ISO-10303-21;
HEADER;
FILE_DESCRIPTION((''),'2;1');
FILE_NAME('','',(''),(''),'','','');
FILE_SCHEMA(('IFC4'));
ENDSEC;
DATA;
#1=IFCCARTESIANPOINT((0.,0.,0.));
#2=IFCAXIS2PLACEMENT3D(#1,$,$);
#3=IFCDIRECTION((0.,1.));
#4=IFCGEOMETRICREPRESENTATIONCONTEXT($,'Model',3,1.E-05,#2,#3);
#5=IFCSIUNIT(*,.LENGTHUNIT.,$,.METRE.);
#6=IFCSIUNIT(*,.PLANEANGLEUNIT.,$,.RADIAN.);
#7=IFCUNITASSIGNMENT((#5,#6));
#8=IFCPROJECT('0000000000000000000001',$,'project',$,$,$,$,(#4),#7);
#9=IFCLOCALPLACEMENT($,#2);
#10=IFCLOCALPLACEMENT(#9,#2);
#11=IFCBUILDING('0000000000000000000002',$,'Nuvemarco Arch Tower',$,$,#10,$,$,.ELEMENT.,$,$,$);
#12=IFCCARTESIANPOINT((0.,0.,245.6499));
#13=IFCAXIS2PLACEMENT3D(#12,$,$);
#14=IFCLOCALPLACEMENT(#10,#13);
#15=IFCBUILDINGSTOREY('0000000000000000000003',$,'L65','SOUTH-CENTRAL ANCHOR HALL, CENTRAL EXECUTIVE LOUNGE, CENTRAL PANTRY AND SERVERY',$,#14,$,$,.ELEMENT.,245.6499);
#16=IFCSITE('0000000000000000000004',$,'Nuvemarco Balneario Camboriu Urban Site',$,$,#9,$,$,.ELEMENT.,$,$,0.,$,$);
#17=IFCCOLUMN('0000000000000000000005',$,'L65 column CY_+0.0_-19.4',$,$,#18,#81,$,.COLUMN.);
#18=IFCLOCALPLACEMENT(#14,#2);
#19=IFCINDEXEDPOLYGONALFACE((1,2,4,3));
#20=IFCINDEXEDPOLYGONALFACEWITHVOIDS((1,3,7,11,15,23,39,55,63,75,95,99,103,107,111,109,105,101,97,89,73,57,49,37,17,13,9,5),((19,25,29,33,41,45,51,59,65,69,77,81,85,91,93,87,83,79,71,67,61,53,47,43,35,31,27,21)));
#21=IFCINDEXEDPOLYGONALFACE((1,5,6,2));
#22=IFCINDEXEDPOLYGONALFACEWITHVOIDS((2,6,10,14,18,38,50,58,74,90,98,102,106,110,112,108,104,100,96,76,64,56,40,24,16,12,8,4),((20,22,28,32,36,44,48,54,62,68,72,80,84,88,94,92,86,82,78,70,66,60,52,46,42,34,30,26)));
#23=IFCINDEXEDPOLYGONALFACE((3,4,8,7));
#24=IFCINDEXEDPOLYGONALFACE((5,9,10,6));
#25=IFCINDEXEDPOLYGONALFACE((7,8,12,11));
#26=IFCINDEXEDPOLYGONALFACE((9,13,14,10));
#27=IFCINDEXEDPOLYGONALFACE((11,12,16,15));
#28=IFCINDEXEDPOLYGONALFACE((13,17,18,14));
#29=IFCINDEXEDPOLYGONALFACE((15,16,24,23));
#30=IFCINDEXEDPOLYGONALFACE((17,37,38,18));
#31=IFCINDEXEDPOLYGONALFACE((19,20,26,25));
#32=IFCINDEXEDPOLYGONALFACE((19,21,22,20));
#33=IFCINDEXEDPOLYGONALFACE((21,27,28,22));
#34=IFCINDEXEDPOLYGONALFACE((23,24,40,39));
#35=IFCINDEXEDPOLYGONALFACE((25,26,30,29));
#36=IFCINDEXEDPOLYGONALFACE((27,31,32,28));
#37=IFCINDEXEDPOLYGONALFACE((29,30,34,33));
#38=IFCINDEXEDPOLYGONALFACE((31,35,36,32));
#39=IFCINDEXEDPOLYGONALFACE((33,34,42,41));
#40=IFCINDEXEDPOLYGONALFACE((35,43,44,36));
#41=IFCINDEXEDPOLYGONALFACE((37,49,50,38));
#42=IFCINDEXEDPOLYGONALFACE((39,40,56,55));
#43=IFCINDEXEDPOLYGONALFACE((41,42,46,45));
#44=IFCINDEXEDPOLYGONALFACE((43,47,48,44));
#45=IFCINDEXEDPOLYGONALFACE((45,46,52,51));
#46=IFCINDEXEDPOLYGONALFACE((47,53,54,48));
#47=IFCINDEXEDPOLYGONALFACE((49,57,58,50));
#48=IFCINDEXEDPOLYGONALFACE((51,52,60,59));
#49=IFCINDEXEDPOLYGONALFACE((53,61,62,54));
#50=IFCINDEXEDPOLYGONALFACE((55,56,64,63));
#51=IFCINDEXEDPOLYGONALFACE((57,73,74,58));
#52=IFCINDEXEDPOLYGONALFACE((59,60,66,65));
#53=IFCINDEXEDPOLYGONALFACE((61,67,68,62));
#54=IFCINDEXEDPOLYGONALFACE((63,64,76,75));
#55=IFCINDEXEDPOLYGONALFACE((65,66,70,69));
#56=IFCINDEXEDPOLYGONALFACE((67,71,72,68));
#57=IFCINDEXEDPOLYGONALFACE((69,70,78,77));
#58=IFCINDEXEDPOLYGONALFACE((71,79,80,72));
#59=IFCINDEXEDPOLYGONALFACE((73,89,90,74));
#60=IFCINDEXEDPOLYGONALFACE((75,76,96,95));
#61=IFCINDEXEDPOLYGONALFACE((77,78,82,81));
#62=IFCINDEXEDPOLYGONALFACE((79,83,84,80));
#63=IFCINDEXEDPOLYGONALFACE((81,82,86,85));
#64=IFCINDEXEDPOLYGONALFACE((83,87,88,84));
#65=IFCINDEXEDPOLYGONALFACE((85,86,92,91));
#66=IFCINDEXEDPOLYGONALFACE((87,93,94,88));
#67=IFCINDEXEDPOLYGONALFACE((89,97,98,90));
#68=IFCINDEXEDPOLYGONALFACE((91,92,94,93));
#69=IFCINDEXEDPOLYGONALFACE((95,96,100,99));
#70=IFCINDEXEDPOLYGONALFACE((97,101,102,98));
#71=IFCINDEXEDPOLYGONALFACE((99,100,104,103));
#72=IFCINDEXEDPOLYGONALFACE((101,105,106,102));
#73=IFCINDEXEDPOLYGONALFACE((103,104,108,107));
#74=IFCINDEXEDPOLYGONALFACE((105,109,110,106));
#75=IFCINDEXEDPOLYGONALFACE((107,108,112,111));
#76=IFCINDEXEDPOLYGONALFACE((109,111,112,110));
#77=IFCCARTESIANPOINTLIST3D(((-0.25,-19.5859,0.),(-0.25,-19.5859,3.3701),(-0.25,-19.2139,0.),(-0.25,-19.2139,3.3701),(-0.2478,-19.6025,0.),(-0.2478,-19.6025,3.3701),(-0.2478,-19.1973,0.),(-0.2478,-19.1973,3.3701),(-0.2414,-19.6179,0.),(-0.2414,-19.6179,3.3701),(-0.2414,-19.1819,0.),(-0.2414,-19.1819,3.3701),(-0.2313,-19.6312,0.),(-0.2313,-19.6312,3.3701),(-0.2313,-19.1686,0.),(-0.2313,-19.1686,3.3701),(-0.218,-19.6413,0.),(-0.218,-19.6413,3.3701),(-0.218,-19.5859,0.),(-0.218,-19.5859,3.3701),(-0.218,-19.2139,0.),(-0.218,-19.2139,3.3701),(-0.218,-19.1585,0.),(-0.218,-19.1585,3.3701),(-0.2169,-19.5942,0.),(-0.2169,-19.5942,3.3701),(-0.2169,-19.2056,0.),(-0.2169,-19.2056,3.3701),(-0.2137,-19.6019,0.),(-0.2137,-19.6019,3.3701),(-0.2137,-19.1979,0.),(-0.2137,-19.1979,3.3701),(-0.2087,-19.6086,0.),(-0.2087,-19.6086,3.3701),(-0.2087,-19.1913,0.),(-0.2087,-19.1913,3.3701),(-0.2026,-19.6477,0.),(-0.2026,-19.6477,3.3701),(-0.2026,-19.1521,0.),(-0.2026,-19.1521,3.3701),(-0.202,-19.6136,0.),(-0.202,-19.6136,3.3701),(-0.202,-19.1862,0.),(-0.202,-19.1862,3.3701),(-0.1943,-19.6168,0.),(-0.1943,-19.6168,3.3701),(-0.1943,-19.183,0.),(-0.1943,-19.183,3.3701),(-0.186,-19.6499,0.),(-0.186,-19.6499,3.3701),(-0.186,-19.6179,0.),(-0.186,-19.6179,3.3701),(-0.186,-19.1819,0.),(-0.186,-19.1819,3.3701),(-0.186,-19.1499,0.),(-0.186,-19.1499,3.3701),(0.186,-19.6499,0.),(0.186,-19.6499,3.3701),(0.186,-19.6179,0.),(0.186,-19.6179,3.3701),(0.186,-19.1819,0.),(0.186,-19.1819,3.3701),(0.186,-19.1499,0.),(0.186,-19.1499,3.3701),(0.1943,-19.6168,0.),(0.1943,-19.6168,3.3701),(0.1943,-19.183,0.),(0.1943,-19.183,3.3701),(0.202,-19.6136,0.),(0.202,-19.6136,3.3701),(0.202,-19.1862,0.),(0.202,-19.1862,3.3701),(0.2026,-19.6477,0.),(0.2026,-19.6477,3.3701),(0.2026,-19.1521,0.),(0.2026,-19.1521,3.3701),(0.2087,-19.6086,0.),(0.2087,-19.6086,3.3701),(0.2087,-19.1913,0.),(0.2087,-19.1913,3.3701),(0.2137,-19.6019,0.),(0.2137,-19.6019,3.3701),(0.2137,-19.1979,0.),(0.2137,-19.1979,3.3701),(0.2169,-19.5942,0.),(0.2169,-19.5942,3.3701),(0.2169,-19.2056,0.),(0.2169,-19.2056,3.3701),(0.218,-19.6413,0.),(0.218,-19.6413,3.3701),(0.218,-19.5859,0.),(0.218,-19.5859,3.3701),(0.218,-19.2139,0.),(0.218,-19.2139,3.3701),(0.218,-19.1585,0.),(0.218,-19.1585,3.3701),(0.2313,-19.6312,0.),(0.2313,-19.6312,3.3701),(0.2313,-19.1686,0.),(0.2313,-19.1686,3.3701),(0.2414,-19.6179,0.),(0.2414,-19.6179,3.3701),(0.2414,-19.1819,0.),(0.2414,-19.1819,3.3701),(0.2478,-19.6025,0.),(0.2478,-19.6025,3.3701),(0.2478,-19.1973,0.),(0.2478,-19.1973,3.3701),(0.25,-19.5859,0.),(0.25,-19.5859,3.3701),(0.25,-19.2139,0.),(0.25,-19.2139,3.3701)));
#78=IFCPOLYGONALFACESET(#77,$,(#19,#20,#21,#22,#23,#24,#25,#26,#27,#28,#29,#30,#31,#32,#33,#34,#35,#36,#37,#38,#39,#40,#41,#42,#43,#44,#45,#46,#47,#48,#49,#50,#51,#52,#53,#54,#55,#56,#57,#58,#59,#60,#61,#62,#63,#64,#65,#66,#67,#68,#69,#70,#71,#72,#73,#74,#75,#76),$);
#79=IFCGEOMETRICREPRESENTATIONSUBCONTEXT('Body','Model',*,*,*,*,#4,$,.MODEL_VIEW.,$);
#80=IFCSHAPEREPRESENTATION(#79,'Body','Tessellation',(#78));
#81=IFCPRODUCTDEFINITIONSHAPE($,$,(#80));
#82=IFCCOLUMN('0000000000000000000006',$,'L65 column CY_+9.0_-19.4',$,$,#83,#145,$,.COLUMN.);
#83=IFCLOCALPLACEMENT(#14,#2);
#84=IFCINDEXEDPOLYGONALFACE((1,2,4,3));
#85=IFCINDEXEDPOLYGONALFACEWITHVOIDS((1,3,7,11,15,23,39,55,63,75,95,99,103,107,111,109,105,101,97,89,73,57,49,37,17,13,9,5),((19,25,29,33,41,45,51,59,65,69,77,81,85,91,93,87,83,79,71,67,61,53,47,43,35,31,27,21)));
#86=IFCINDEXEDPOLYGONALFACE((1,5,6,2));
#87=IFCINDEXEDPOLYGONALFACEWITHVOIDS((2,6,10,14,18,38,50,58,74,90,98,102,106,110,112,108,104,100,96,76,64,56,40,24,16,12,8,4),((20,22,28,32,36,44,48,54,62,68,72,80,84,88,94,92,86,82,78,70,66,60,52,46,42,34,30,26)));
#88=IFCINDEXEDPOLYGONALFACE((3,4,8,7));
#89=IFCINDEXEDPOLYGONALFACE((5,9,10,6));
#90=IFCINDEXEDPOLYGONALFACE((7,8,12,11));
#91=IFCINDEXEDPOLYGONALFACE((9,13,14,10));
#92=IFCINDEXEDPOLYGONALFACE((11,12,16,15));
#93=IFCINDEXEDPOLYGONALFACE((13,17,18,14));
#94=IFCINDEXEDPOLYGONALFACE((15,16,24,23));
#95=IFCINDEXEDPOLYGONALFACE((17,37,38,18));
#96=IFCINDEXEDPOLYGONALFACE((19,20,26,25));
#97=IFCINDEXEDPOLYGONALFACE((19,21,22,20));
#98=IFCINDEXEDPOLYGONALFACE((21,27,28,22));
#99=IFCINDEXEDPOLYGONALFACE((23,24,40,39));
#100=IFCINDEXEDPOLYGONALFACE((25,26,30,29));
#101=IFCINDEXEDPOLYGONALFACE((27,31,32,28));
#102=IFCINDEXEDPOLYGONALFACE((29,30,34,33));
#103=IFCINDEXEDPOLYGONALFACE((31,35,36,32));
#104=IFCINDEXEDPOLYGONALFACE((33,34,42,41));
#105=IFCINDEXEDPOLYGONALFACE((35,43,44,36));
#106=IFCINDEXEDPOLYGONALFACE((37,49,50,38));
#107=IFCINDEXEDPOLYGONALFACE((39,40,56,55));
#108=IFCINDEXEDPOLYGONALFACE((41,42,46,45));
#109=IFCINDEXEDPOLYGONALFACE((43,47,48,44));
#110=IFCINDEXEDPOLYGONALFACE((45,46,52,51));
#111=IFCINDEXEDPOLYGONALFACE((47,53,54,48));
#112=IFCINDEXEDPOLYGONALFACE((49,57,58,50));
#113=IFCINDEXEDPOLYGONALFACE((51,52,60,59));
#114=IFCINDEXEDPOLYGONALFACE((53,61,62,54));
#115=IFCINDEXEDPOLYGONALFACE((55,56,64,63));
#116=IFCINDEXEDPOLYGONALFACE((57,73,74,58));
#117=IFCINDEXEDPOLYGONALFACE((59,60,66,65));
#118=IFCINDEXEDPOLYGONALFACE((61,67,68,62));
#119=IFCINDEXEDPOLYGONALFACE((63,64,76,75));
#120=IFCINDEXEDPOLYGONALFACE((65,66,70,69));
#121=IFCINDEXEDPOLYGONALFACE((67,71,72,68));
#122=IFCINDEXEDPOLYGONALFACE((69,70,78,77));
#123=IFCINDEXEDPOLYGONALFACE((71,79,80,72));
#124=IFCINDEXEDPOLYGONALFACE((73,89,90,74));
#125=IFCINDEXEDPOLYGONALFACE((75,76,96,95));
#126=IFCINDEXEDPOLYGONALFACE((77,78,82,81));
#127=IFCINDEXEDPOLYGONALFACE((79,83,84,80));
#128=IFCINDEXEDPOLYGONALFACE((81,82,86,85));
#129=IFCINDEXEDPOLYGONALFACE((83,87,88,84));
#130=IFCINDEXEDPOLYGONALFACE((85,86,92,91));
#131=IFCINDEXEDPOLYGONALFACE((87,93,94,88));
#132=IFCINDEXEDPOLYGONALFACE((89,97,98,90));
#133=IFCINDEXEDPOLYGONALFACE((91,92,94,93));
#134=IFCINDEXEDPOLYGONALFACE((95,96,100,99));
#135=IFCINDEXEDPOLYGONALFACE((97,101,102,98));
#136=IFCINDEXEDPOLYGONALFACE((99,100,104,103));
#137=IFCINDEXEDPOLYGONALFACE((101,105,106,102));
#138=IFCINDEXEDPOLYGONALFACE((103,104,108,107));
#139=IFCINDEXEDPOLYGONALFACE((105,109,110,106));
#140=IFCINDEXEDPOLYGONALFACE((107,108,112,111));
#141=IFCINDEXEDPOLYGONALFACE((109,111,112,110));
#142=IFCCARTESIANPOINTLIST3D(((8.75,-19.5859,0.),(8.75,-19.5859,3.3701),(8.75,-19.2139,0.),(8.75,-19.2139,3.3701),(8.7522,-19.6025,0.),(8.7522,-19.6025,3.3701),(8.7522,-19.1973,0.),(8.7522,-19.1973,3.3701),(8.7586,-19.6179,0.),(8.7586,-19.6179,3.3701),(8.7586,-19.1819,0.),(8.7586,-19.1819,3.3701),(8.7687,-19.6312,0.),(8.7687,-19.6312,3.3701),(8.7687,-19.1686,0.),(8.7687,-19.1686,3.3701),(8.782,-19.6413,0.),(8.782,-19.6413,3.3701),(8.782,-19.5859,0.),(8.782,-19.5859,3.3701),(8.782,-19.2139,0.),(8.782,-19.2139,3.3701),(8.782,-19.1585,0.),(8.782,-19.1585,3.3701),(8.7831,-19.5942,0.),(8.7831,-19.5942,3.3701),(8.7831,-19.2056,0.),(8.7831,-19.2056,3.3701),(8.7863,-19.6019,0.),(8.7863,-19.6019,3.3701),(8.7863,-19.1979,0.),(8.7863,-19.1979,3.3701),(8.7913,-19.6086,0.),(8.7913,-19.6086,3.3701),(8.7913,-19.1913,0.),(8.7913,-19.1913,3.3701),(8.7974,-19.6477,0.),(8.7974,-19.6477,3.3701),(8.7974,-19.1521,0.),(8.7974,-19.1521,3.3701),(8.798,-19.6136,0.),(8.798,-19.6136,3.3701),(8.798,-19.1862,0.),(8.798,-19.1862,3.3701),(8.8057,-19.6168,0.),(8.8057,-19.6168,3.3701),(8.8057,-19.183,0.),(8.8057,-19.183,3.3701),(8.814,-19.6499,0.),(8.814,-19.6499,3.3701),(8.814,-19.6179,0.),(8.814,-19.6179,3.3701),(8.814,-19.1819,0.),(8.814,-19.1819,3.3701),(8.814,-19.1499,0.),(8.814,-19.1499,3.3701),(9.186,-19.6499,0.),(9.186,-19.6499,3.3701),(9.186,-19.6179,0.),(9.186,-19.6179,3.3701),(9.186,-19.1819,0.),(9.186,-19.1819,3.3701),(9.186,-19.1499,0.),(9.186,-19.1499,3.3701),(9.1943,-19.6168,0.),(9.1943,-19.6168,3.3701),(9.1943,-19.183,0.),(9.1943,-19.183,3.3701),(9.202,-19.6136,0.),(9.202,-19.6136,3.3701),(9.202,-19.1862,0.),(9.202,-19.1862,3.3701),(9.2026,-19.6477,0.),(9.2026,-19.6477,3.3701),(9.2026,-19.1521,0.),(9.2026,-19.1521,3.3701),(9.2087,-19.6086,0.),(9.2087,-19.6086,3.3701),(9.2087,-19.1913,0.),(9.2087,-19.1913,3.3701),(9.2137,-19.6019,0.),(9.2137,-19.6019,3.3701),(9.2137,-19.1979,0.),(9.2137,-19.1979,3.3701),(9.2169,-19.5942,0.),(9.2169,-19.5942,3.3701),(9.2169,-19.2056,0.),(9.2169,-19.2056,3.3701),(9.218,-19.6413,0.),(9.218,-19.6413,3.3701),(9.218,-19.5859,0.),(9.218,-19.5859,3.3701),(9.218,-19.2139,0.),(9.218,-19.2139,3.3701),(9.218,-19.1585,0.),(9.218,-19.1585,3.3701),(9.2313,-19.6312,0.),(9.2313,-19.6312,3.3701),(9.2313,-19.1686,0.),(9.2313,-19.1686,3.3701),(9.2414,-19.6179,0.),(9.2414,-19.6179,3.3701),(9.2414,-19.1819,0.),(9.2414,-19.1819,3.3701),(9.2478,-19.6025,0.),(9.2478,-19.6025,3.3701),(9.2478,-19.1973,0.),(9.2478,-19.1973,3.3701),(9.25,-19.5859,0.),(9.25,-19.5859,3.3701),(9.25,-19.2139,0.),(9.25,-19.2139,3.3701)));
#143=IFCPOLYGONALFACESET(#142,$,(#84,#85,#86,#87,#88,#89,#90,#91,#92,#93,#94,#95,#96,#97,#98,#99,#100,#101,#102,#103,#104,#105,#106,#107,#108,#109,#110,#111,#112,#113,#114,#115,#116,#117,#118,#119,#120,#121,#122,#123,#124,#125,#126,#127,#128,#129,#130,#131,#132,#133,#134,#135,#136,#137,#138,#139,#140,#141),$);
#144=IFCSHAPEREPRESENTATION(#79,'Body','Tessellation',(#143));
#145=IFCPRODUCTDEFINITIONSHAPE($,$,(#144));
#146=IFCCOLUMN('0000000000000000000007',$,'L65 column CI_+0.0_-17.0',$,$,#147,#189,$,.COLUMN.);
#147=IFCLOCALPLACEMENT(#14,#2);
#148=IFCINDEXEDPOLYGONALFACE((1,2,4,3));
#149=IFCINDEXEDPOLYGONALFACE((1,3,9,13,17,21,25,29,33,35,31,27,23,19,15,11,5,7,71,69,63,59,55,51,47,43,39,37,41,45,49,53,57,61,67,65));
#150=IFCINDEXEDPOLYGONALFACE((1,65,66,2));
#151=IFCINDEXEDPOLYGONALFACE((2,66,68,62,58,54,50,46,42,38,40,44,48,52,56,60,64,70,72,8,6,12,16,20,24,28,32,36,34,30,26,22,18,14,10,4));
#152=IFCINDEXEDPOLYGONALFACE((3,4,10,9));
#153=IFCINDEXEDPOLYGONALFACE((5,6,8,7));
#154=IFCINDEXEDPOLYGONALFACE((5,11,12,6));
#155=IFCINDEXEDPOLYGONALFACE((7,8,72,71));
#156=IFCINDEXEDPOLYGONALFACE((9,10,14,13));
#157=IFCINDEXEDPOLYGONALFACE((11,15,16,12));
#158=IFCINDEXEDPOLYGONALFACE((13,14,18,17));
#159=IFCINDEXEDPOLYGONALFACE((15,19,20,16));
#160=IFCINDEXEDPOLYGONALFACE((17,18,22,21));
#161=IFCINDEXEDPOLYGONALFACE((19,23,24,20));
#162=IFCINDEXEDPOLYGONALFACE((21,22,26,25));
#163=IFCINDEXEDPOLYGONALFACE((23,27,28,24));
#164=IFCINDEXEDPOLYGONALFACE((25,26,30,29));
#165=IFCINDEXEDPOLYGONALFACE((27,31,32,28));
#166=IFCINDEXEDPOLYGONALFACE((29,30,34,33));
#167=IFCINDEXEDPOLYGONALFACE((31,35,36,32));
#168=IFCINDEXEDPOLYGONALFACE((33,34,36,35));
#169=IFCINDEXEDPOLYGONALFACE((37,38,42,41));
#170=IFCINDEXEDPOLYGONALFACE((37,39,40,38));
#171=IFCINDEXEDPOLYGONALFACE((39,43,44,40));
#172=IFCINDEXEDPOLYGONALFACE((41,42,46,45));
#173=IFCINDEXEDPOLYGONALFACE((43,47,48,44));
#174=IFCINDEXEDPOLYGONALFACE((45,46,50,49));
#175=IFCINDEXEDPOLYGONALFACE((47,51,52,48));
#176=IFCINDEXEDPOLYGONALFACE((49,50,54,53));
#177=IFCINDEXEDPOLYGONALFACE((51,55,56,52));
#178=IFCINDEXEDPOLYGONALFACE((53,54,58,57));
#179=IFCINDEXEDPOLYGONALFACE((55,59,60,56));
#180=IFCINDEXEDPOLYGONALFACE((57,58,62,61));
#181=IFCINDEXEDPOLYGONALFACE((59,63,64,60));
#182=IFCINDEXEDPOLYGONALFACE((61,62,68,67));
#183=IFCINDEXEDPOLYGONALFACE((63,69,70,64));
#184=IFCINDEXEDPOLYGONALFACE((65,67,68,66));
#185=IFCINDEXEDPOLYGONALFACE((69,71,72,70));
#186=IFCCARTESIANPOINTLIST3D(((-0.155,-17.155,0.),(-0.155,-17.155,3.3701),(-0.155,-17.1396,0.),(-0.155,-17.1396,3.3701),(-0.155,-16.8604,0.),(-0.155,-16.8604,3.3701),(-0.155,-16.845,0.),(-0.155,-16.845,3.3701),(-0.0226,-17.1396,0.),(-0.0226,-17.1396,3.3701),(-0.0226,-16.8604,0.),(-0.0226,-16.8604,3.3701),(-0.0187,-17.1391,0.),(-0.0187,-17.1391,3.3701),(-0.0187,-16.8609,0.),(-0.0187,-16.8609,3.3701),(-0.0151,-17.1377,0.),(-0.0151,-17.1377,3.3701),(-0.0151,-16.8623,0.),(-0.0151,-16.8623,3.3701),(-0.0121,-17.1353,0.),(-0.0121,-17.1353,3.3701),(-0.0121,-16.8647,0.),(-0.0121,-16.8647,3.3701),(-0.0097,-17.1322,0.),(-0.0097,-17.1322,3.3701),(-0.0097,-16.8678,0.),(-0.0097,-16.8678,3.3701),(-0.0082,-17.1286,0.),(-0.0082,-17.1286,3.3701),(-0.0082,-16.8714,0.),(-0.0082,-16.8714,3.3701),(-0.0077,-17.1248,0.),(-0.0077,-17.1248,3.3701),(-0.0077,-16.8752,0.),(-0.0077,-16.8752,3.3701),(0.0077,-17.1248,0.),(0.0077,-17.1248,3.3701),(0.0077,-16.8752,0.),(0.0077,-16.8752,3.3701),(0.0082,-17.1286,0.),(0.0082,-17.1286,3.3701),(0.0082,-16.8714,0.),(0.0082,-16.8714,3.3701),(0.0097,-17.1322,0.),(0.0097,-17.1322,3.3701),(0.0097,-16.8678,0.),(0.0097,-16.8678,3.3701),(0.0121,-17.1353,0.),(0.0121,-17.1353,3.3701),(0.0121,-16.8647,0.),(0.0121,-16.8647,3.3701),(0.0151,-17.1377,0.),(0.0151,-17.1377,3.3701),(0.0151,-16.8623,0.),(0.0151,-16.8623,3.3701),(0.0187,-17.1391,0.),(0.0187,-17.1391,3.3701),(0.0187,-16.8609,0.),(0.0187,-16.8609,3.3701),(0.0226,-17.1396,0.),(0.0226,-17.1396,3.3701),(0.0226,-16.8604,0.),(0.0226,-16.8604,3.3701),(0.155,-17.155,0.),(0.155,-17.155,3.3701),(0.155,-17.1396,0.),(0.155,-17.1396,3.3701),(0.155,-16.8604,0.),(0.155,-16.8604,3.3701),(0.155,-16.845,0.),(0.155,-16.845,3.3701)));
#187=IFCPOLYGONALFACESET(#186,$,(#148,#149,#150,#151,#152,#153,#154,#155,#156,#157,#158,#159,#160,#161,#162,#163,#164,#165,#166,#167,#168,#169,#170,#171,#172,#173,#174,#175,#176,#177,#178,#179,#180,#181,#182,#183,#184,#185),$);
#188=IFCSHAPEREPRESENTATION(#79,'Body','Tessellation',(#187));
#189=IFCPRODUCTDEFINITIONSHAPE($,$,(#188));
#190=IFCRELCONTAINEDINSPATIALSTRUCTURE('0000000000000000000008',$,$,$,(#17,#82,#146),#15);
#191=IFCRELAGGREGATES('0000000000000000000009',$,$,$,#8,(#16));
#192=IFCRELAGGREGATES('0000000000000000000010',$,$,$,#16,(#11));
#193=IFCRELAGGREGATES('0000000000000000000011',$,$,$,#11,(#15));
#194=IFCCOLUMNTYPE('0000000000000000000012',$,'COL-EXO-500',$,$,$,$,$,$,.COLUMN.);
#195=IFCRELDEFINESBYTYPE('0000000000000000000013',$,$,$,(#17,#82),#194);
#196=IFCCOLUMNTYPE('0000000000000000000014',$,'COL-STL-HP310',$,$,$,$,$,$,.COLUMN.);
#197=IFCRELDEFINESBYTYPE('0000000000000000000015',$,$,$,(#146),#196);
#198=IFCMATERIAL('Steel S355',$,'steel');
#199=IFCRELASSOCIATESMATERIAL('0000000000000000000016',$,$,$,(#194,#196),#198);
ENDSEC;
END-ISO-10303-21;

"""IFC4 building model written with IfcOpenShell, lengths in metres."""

from ifc_helpers import new_model, si_unit, direction, frame, origin, origin_2d, place, context, subcontext, project, spatial, hollow_rectangle, i_section, extrude, material, material_profile, profile_set, type_object, element, save


model = new_model("IFC4")

# Units and contexts
model_context = context("Model", 3, precision=1e-05, world=origin(), true_north=direction((0.0, 1.0)))
body_context = subcontext(model_context, "Body", "Model", "MODEL_VIEW")
ifc_project = project(units=[si_unit("LENGTHUNIT", "METRE"), si_unit("PLANEANGLEUNIT", "RADIAN")], contexts=[model_context])

# Site, building, storey
site_placement = place(None, origin())
site = spatial("IfcSite", under=ifc_project, at=site_placement, Name="Nuvemarco Balneario Camboriu Urban Site", CompositionType="ELEMENT", RefElevation=0.0)
building_placement = place(site_placement, origin())
building = spatial("IfcBuilding", under=site, at=building_placement, Name="Nuvemarco Arch Tower", CompositionType="ELEMENT")
storey_placement = place(building_placement, frame((0.0, 0.0, 245.6499)))
storey = spatial("IfcBuildingStorey", under=building, at=storey_placement, Name="L65", Description="SOUTH-CENTRAL ANCHOR HALL, CENTRAL EXECUTIVE LOUNGE, CENTRAL PANTRY AND SERVERY", CompositionType="ELEMENT", Elevation=245.6499)

# Columns
ifc_material_1 = material(Name="Steel S355", Category="steel")
ifc_material_profile_1 = material_profile(ifc_material_1, hollow_rectangle(XDim=0.5, YDim=0.5, WallThickness=0.032, InnerFilletRadius=0.032, OuterFilletRadius=0.064, at=origin_2d()), Name="SHS500x500x32")
ifc_profile_set_1 = profile_set([ifc_material_profile_1], Name="Steel S355")
column_type_1 = type_object("IfcColumnType", Name="COL-EXO-500", PredefinedType="COLUMN", material=ifc_profile_set_1)
for number, where, z_axis, x_axis, name in (
    (1, (0.0, -19.3999, 0.0), (0.0, 0.0, 1.0), (1.0, 0.0, 0.0), "L65 column CY_+0.0_-19.4"),
    (2, (9.0, -19.3999, 0.0), (0.0, 0.0, 1.0), (1.0, 0.0, 0.0), "L65 column CY_+9.0_-19.4"),
):
    element("IfcColumn", number, at=place(storey_placement, frame(where, z_axis=z_axis, x_axis=x_axis)), inside=storey, type_object=column_type_1, Name=name, PredefinedType="COLUMN", context=body_context, shape_type="SweptSolid", body=[
        extrude(hollow_rectangle(XDim=0.5, YDim=0.5, WallThickness=0.032, InnerFilletRadius=0.032, OuterFilletRadius=0.064, at=origin_2d()), origin(), (0.0, 0.0, 1.0), 3.3701),
    ])
ifc_material_profile_2 = material_profile(ifc_material_1, i_section(OverallWidth=0.3101, OverallDepth=0.3101, WebThickness=0.0154, FlangeThickness=0.0154, FilletRadius=0.0149, at=origin_2d()), Name="HP310x110")
ifc_profile_set_2 = profile_set([ifc_material_profile_2], Name="Steel S355")
column_type_2 = type_object("IfcColumnType", Name="COL-STL-HP310", PredefinedType="COLUMN", material=ifc_profile_set_2)
for number, where, z_axis, x_axis, name in (
    (3, (0.0, -17.0, 0.0), (0.0, 0.0, 1.0), (1.0, 0.0, 0.0), "L65 column CI_+0.0_-17.0"),
):
    element("IfcColumn", number, at=place(storey_placement, frame(where, z_axis=z_axis, x_axis=x_axis)), inside=storey, type_object=column_type_2, Name=name, PredefinedType="COLUMN", context=body_context, shape_type="SweptSolid", body=[
        extrude(i_section(OverallWidth=0.3101, OverallDepth=0.3101, WebThickness=0.0154, FlangeThickness=0.0154, FilletRadius=0.0149, at=origin_2d()), origin(), (0.0, 0.0, 1.0), 3.3701),
    ])

save(model, "model.ifc")
